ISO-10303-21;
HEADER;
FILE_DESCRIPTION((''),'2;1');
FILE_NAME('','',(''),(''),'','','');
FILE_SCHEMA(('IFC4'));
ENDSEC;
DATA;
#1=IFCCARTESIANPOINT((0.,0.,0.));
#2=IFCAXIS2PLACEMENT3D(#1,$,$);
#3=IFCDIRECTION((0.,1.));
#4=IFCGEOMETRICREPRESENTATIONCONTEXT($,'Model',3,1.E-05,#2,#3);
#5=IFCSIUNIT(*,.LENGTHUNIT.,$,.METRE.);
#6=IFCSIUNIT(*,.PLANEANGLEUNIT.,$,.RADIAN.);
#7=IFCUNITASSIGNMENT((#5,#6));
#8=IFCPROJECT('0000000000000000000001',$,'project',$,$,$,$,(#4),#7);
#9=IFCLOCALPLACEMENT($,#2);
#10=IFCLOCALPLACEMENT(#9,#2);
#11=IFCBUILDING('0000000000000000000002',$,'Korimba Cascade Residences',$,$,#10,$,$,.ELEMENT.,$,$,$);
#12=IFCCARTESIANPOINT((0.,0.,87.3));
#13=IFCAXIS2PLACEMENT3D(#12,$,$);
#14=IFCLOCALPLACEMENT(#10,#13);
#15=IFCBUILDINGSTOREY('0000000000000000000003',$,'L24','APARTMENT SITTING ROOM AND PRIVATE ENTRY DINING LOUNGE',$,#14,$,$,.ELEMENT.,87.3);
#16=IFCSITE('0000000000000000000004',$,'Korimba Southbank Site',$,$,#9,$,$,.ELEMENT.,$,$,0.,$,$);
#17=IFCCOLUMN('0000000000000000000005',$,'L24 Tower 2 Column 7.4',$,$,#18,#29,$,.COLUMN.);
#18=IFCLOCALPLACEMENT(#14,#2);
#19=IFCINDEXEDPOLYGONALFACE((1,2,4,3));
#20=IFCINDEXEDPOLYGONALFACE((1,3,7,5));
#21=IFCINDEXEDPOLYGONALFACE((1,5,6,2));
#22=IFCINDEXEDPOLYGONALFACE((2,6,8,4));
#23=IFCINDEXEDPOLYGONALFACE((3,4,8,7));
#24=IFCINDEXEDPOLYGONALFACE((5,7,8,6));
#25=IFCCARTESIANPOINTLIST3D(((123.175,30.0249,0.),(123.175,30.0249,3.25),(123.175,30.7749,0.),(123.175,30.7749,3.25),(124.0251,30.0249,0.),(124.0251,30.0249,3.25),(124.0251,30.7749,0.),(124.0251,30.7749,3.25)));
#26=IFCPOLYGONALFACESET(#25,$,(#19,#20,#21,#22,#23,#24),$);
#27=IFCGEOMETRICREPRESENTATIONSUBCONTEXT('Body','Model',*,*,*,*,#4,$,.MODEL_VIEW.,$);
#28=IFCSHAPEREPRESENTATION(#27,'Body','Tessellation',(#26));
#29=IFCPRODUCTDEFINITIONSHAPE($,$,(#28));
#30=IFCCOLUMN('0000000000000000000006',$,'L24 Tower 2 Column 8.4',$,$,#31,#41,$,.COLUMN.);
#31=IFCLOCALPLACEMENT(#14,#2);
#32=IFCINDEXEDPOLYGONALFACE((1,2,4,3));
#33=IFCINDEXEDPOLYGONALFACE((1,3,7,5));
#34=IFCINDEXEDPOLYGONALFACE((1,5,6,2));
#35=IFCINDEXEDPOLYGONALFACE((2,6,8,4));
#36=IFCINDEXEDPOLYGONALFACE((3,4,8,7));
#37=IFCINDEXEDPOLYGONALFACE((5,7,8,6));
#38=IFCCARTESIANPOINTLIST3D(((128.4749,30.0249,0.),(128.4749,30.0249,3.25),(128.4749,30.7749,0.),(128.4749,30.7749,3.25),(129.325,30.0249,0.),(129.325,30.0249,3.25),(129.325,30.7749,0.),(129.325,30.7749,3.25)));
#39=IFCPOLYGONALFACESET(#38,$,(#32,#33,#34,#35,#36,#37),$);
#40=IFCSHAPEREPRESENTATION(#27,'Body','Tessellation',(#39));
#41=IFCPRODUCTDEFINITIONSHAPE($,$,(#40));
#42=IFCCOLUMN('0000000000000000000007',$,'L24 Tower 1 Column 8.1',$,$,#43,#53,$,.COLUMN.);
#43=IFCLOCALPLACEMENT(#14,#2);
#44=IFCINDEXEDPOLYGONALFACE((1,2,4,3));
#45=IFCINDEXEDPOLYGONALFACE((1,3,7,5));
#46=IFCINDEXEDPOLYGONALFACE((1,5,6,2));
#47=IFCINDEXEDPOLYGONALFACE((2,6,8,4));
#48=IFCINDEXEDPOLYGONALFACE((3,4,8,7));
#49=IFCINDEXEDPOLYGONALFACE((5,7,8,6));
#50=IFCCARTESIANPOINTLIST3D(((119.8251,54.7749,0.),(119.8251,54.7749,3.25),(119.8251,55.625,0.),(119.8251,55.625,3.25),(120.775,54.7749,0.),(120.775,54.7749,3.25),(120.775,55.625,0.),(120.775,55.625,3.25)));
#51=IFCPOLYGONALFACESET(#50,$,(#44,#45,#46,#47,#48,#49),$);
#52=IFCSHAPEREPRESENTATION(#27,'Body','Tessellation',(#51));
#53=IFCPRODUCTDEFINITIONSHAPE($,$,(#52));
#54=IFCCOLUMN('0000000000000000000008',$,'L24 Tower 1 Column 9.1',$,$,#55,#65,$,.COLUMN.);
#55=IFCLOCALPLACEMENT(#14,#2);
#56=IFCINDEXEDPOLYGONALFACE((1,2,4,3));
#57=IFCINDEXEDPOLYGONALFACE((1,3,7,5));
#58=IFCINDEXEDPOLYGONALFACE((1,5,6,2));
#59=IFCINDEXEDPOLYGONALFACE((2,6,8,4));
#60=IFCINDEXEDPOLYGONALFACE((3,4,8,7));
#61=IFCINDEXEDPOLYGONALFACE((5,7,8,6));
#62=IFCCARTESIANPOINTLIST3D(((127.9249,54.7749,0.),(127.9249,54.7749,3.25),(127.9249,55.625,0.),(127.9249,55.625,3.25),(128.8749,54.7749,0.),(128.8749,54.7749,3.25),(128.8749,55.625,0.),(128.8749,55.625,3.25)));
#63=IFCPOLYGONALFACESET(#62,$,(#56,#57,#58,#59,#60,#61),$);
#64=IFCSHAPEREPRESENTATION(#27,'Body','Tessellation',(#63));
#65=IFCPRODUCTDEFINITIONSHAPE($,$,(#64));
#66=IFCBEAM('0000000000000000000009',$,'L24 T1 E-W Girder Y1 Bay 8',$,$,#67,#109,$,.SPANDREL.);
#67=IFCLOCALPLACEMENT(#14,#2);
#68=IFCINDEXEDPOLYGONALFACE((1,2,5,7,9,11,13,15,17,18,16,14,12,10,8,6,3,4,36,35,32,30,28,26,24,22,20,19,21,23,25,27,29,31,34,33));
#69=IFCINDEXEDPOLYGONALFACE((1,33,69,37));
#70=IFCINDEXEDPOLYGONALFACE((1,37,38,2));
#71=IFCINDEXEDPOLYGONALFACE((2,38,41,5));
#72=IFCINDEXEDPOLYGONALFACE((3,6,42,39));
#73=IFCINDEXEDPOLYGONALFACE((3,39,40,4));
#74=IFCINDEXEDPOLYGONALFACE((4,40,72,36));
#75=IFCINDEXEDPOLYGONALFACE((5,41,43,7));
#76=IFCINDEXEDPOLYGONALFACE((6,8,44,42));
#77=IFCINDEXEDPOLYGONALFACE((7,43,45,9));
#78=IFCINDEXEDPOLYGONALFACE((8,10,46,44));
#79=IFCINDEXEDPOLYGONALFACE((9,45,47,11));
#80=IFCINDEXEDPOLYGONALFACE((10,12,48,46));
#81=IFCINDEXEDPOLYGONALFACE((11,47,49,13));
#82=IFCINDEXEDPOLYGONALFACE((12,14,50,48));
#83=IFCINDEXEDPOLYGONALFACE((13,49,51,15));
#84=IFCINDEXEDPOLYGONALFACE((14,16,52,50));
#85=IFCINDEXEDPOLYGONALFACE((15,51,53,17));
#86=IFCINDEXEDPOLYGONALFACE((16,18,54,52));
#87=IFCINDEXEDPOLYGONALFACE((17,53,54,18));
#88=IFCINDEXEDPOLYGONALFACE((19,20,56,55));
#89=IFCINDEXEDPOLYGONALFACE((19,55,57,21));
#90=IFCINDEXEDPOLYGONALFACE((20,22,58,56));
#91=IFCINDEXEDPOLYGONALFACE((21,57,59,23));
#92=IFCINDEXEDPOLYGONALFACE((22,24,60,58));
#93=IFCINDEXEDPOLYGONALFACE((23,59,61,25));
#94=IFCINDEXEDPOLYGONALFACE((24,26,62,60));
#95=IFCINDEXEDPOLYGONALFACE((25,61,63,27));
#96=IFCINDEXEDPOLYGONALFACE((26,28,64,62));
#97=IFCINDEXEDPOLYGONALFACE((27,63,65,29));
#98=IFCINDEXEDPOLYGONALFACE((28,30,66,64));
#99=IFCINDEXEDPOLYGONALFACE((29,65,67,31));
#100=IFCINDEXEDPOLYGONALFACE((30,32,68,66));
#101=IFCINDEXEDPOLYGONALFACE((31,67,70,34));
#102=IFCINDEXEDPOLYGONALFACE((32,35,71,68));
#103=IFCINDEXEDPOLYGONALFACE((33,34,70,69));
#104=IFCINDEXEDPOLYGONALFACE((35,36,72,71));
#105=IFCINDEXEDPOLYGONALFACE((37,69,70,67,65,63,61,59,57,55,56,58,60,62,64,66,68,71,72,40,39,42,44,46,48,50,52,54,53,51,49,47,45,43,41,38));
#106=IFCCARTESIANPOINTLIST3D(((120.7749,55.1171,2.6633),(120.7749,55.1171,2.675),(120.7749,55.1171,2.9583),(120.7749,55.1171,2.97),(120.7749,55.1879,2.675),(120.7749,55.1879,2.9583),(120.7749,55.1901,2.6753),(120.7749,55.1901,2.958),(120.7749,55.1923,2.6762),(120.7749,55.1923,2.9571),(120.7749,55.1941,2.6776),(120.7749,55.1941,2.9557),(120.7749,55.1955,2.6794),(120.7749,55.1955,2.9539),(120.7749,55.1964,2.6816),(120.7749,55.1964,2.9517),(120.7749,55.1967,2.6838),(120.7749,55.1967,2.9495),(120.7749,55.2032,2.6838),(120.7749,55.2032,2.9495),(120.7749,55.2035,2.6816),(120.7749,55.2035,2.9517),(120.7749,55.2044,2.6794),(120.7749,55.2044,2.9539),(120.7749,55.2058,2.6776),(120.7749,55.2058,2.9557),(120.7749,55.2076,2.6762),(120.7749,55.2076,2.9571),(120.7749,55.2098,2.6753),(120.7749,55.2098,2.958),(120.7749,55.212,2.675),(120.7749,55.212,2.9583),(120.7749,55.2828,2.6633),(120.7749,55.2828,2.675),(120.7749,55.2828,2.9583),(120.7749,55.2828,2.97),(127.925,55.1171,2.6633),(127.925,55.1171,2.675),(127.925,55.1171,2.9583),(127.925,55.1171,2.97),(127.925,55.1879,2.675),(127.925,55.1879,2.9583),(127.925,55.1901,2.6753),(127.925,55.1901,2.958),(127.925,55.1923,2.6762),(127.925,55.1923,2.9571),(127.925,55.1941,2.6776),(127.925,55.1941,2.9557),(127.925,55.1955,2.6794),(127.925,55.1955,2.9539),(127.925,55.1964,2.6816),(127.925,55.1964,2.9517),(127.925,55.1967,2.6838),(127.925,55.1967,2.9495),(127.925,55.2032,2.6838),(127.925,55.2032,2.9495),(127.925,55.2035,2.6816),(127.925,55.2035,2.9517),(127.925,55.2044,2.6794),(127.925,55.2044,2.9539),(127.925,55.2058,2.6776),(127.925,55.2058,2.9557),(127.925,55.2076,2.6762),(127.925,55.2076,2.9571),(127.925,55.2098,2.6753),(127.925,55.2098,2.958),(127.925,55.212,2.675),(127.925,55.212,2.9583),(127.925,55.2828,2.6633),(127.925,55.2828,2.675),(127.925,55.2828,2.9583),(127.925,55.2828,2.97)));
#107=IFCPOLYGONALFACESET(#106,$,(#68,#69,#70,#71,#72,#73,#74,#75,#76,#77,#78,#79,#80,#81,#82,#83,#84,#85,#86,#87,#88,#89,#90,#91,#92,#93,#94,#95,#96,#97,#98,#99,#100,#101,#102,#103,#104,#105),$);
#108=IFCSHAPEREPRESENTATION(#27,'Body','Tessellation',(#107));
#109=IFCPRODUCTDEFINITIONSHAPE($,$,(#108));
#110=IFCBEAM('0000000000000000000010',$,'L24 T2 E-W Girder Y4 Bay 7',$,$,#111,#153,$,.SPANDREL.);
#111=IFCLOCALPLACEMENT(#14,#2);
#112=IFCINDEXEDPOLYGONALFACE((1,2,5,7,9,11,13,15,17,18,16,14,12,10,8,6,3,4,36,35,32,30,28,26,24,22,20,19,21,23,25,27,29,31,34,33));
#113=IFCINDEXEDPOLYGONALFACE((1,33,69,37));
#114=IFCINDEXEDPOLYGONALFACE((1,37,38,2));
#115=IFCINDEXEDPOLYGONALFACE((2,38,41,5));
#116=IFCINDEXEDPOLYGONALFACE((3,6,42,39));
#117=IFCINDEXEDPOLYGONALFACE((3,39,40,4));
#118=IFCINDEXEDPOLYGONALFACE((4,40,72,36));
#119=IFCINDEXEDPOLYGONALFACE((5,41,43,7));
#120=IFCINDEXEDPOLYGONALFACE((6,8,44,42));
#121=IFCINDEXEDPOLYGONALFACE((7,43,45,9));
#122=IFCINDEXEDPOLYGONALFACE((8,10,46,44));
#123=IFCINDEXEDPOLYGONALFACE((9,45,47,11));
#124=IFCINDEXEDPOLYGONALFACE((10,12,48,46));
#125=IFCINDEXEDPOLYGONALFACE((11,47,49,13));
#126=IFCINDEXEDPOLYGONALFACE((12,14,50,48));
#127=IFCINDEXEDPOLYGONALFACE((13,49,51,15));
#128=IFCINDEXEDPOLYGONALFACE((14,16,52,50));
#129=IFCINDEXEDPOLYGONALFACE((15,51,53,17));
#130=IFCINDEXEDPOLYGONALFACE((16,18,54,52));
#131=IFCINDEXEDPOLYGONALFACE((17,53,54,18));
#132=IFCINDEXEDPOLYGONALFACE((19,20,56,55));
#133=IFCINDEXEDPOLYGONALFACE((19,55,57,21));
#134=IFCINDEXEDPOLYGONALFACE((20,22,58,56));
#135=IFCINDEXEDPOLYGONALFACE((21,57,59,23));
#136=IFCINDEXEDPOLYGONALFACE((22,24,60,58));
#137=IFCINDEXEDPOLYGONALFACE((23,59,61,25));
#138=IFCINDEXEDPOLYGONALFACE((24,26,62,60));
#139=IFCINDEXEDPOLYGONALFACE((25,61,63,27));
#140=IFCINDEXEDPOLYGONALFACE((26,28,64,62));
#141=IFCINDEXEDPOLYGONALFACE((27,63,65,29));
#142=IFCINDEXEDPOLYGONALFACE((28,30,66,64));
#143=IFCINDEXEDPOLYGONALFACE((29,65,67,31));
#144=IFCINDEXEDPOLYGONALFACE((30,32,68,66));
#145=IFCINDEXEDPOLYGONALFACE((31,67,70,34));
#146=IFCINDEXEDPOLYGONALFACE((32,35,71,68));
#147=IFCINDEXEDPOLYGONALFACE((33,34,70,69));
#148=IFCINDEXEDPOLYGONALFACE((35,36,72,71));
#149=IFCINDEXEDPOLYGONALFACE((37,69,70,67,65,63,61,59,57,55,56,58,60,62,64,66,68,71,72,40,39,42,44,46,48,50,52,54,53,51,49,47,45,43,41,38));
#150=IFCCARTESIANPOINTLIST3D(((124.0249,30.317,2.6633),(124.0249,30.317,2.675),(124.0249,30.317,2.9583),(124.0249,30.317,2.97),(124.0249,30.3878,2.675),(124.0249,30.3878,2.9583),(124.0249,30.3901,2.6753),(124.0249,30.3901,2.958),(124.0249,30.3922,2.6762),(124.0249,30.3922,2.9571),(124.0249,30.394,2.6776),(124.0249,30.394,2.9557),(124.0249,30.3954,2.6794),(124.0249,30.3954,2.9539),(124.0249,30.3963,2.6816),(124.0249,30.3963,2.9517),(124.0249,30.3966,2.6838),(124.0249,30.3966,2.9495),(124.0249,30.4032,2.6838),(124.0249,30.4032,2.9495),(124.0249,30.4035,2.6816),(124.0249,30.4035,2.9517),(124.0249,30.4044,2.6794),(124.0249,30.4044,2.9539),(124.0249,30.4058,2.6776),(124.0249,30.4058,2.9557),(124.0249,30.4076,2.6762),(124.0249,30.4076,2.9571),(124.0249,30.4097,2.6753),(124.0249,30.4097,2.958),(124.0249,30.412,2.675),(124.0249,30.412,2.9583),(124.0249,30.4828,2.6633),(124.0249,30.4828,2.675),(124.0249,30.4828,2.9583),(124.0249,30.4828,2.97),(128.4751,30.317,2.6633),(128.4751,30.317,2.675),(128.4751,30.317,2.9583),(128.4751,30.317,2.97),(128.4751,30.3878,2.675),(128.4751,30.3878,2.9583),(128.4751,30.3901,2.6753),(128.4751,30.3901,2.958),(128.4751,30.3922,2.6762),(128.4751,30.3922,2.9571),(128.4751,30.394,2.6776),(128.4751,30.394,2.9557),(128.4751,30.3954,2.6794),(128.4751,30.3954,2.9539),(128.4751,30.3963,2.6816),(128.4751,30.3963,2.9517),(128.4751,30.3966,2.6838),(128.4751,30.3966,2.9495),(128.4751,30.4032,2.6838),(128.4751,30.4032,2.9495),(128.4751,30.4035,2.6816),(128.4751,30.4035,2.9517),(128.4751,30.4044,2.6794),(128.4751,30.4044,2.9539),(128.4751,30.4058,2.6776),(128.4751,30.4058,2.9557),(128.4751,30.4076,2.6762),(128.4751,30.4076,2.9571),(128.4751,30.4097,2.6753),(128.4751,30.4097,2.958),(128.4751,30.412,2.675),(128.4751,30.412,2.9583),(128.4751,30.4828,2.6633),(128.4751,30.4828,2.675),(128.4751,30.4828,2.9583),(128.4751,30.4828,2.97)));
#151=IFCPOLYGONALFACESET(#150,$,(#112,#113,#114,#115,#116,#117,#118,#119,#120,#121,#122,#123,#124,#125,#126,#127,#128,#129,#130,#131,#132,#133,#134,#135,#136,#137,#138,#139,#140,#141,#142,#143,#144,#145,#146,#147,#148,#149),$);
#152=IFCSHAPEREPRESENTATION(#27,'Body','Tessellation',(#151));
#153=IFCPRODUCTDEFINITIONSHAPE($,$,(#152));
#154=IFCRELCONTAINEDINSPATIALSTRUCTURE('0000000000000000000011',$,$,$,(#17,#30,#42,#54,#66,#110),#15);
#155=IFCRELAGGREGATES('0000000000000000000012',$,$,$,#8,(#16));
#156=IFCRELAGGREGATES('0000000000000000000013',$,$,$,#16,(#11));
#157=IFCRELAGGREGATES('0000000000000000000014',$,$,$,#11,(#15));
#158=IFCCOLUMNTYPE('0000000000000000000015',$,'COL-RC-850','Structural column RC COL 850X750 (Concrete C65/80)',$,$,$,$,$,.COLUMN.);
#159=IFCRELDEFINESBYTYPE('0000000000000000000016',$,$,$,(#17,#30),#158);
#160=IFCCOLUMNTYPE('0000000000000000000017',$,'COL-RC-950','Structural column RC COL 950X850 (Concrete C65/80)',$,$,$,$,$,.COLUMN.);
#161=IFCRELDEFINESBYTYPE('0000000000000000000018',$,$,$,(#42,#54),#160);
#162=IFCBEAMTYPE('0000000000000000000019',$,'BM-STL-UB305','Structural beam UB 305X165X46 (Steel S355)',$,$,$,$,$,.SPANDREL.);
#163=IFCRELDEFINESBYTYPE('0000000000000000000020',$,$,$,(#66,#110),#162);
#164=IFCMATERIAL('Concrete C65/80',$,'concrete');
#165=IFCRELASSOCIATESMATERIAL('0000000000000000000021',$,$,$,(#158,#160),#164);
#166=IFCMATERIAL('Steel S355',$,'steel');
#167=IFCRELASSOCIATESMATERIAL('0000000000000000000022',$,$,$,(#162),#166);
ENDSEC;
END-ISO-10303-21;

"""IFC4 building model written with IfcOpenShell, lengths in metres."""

from ifc_helpers import new_model, si_unit, direction, frame, origin, origin_2d, place, context, subcontext, project, spatial, rectangle, i_section, extrude, material, material_profile, profile_set, type_object, element, save


model = new_model("IFC4")

# Units and contexts
model_context = context("Model", 3, precision=1e-05, world=origin(), true_north=direction((0.0, 1.0)))
body_context = subcontext(model_context, "Body", "Model", "MODEL_VIEW")
ifc_project = project(units=[si_unit("LENGTHUNIT", "METRE"), si_unit("PLANEANGLEUNIT", "RADIAN")], contexts=[model_context])

# Site, building, storey
site_placement = place(None, origin())
site = spatial("IfcSite", under=ifc_project, at=site_placement, Name="Korimba Southbank Site", CompositionType="ELEMENT", RefElevation=0.0)
building_placement = place(site_placement, origin())
building = spatial("IfcBuilding", under=site, at=building_placement, Name="Korimba Cascade Residences", CompositionType="ELEMENT")
storey_placement = place(building_placement, frame((0.0, 0.0, 87.3)))
storey = spatial("IfcBuildingStorey", under=building, at=storey_placement, Name="L24", Description="APARTMENT SITTING ROOM AND PRIVATE ENTRY DINING LOUNGE", CompositionType="ELEMENT", Elevation=87.3)

# Columns
ifc_material_1 = material(Name="Concrete C65/80", Category="concrete")
ifc_material_profile_1 = material_profile(ifc_material_1, rectangle(XDim=0.8501, YDim=0.75, at=origin_2d()), Name="Concrete C65/80")
ifc_profile_set_1 = profile_set([ifc_material_profile_1], Name="Concrete C65/80")
column_type_1 = type_object("IfcColumnType", Name="COL-RC-850", Description="Structural column RC COL 850X750 (Concrete C65/80)", PredefinedType="COLUMN", material=ifc_profile_set_1)
for number, where, z_axis, x_axis, name in (
    (1, (123.6001, 30.3999, 0.0), (0.0, 0.0, 1.0), (1.0, 0.0, 0.0), "L24 Tower 2 Column 7.4"),
    (2, (128.8999, 30.3999, 0.0), (0.0, 0.0, 1.0), (1.0, 0.0, 0.0), "L24 Tower 2 Column 8.4"),
):
    element("IfcColumn", number, at=place(storey_placement, frame(where, z_axis=z_axis, x_axis=x_axis)), inside=storey, type_object=column_type_1, Name=name, PredefinedType="COLUMN", context=body_context, shape_type="SweptSolid", body=[
        extrude(rectangle(XDim=0.8501, YDim=0.75, at=origin_2d()), origin(), (0.0, 0.0, 1.0), 3.25),
    ])
ifc_material_profile_2 = material_profile(ifc_material_1, rectangle(XDim=0.95, YDim=0.8501, at=origin_2d()), Name="Concrete C65/80")
ifc_profile_set_2 = profile_set([ifc_material_profile_2], Name="Concrete C65/80")
column_type_2 = type_object("IfcColumnType", Name="COL-RC-950", Description="Structural column RC COL 950X850 (Concrete C65/80)", PredefinedType="COLUMN", material=ifc_profile_set_2)
for number, where, z_axis, x_axis, name in (
    (3, (120.3, 55.2, 0.0), (0.0, 0.0, 1.0), (1.0, 0.0, 0.0), "L24 Tower 1 Column 8.1"),
    (4, (128.3999, 55.2, 0.0), (0.0, 0.0, 1.0), (1.0, 0.0, 0.0), "L24 Tower 1 Column 9.1"),
):
    element("IfcColumn", number, at=place(storey_placement, frame(where, z_axis=z_axis, x_axis=x_axis)), inside=storey, type_object=column_type_2, Name=name, PredefinedType="COLUMN", context=body_context, shape_type="SweptSolid", body=[
        extrude(rectangle(XDim=0.95, YDim=0.8501, at=origin_2d()), origin(), (0.0, 0.0, 1.0), 3.25),
    ])

# Beams
ifc_material_2 = material(Name="Steel S355", Category="steel")
ifc_material_profile_3 = material_profile(ifc_material_2, i_section(OverallWidth=0.1658, OverallDepth=0.3066, WebThickness=0.0066, FlangeThickness=0.0117, FilletRadius=0.0088, at=origin_2d()), Name="Steel S355")
ifc_profile_set_3 = profile_set([ifc_material_profile_3], Name="Steel S355")
beam_type_1 = type_object("IfcBeamType", Name="BM-STL-UB305", Description="Structural beam UB 305X165X46 (Steel S355)", PredefinedType="SPANDREL", material=ifc_profile_set_3)
beam_1_placement = place(storey_placement, frame((120.7749, 55.2, 2.8167), z_axis=(1.0, 0.0, 0.0), x_axis=(0.0, 1.0, 0.0)))
element("IfcBeam", 5, at=beam_1_placement, inside=storey, type_object=beam_type_1, Name="L24 T1 E-W Girder Y1 Bay 8", PredefinedType="SPANDREL", context=body_context, shape_type="SweptSolid", body=[
    extrude(i_section(OverallWidth=0.1658, OverallDepth=0.3066, WebThickness=0.0066, FlangeThickness=0.0117, FilletRadius=0.0088, at=origin_2d()), origin(), (0.0, 0.0, 1.0), 7.1501),
])
beam_2_placement = place(storey_placement, frame((124.0249, 30.3999, 2.8167), z_axis=(1.0, 0.0, 0.0), x_axis=(0.0, 1.0, 0.0)))
element("IfcBeam", 6, at=beam_2_placement, inside=storey, type_object=beam_type_1, Name="L24 T2 E-W Girder Y4 Bay 7", PredefinedType="SPANDREL", context=body_context, shape_type="SweptSolid", body=[
    extrude(i_section(OverallWidth=0.1658, OverallDepth=0.3066, WebThickness=0.0066, FlangeThickness=0.0117, FilletRadius=0.0088, at=origin_2d()), origin(), (0.0, 0.0, 1.0), 4.4502),
])

save(model, "model.ifc")
